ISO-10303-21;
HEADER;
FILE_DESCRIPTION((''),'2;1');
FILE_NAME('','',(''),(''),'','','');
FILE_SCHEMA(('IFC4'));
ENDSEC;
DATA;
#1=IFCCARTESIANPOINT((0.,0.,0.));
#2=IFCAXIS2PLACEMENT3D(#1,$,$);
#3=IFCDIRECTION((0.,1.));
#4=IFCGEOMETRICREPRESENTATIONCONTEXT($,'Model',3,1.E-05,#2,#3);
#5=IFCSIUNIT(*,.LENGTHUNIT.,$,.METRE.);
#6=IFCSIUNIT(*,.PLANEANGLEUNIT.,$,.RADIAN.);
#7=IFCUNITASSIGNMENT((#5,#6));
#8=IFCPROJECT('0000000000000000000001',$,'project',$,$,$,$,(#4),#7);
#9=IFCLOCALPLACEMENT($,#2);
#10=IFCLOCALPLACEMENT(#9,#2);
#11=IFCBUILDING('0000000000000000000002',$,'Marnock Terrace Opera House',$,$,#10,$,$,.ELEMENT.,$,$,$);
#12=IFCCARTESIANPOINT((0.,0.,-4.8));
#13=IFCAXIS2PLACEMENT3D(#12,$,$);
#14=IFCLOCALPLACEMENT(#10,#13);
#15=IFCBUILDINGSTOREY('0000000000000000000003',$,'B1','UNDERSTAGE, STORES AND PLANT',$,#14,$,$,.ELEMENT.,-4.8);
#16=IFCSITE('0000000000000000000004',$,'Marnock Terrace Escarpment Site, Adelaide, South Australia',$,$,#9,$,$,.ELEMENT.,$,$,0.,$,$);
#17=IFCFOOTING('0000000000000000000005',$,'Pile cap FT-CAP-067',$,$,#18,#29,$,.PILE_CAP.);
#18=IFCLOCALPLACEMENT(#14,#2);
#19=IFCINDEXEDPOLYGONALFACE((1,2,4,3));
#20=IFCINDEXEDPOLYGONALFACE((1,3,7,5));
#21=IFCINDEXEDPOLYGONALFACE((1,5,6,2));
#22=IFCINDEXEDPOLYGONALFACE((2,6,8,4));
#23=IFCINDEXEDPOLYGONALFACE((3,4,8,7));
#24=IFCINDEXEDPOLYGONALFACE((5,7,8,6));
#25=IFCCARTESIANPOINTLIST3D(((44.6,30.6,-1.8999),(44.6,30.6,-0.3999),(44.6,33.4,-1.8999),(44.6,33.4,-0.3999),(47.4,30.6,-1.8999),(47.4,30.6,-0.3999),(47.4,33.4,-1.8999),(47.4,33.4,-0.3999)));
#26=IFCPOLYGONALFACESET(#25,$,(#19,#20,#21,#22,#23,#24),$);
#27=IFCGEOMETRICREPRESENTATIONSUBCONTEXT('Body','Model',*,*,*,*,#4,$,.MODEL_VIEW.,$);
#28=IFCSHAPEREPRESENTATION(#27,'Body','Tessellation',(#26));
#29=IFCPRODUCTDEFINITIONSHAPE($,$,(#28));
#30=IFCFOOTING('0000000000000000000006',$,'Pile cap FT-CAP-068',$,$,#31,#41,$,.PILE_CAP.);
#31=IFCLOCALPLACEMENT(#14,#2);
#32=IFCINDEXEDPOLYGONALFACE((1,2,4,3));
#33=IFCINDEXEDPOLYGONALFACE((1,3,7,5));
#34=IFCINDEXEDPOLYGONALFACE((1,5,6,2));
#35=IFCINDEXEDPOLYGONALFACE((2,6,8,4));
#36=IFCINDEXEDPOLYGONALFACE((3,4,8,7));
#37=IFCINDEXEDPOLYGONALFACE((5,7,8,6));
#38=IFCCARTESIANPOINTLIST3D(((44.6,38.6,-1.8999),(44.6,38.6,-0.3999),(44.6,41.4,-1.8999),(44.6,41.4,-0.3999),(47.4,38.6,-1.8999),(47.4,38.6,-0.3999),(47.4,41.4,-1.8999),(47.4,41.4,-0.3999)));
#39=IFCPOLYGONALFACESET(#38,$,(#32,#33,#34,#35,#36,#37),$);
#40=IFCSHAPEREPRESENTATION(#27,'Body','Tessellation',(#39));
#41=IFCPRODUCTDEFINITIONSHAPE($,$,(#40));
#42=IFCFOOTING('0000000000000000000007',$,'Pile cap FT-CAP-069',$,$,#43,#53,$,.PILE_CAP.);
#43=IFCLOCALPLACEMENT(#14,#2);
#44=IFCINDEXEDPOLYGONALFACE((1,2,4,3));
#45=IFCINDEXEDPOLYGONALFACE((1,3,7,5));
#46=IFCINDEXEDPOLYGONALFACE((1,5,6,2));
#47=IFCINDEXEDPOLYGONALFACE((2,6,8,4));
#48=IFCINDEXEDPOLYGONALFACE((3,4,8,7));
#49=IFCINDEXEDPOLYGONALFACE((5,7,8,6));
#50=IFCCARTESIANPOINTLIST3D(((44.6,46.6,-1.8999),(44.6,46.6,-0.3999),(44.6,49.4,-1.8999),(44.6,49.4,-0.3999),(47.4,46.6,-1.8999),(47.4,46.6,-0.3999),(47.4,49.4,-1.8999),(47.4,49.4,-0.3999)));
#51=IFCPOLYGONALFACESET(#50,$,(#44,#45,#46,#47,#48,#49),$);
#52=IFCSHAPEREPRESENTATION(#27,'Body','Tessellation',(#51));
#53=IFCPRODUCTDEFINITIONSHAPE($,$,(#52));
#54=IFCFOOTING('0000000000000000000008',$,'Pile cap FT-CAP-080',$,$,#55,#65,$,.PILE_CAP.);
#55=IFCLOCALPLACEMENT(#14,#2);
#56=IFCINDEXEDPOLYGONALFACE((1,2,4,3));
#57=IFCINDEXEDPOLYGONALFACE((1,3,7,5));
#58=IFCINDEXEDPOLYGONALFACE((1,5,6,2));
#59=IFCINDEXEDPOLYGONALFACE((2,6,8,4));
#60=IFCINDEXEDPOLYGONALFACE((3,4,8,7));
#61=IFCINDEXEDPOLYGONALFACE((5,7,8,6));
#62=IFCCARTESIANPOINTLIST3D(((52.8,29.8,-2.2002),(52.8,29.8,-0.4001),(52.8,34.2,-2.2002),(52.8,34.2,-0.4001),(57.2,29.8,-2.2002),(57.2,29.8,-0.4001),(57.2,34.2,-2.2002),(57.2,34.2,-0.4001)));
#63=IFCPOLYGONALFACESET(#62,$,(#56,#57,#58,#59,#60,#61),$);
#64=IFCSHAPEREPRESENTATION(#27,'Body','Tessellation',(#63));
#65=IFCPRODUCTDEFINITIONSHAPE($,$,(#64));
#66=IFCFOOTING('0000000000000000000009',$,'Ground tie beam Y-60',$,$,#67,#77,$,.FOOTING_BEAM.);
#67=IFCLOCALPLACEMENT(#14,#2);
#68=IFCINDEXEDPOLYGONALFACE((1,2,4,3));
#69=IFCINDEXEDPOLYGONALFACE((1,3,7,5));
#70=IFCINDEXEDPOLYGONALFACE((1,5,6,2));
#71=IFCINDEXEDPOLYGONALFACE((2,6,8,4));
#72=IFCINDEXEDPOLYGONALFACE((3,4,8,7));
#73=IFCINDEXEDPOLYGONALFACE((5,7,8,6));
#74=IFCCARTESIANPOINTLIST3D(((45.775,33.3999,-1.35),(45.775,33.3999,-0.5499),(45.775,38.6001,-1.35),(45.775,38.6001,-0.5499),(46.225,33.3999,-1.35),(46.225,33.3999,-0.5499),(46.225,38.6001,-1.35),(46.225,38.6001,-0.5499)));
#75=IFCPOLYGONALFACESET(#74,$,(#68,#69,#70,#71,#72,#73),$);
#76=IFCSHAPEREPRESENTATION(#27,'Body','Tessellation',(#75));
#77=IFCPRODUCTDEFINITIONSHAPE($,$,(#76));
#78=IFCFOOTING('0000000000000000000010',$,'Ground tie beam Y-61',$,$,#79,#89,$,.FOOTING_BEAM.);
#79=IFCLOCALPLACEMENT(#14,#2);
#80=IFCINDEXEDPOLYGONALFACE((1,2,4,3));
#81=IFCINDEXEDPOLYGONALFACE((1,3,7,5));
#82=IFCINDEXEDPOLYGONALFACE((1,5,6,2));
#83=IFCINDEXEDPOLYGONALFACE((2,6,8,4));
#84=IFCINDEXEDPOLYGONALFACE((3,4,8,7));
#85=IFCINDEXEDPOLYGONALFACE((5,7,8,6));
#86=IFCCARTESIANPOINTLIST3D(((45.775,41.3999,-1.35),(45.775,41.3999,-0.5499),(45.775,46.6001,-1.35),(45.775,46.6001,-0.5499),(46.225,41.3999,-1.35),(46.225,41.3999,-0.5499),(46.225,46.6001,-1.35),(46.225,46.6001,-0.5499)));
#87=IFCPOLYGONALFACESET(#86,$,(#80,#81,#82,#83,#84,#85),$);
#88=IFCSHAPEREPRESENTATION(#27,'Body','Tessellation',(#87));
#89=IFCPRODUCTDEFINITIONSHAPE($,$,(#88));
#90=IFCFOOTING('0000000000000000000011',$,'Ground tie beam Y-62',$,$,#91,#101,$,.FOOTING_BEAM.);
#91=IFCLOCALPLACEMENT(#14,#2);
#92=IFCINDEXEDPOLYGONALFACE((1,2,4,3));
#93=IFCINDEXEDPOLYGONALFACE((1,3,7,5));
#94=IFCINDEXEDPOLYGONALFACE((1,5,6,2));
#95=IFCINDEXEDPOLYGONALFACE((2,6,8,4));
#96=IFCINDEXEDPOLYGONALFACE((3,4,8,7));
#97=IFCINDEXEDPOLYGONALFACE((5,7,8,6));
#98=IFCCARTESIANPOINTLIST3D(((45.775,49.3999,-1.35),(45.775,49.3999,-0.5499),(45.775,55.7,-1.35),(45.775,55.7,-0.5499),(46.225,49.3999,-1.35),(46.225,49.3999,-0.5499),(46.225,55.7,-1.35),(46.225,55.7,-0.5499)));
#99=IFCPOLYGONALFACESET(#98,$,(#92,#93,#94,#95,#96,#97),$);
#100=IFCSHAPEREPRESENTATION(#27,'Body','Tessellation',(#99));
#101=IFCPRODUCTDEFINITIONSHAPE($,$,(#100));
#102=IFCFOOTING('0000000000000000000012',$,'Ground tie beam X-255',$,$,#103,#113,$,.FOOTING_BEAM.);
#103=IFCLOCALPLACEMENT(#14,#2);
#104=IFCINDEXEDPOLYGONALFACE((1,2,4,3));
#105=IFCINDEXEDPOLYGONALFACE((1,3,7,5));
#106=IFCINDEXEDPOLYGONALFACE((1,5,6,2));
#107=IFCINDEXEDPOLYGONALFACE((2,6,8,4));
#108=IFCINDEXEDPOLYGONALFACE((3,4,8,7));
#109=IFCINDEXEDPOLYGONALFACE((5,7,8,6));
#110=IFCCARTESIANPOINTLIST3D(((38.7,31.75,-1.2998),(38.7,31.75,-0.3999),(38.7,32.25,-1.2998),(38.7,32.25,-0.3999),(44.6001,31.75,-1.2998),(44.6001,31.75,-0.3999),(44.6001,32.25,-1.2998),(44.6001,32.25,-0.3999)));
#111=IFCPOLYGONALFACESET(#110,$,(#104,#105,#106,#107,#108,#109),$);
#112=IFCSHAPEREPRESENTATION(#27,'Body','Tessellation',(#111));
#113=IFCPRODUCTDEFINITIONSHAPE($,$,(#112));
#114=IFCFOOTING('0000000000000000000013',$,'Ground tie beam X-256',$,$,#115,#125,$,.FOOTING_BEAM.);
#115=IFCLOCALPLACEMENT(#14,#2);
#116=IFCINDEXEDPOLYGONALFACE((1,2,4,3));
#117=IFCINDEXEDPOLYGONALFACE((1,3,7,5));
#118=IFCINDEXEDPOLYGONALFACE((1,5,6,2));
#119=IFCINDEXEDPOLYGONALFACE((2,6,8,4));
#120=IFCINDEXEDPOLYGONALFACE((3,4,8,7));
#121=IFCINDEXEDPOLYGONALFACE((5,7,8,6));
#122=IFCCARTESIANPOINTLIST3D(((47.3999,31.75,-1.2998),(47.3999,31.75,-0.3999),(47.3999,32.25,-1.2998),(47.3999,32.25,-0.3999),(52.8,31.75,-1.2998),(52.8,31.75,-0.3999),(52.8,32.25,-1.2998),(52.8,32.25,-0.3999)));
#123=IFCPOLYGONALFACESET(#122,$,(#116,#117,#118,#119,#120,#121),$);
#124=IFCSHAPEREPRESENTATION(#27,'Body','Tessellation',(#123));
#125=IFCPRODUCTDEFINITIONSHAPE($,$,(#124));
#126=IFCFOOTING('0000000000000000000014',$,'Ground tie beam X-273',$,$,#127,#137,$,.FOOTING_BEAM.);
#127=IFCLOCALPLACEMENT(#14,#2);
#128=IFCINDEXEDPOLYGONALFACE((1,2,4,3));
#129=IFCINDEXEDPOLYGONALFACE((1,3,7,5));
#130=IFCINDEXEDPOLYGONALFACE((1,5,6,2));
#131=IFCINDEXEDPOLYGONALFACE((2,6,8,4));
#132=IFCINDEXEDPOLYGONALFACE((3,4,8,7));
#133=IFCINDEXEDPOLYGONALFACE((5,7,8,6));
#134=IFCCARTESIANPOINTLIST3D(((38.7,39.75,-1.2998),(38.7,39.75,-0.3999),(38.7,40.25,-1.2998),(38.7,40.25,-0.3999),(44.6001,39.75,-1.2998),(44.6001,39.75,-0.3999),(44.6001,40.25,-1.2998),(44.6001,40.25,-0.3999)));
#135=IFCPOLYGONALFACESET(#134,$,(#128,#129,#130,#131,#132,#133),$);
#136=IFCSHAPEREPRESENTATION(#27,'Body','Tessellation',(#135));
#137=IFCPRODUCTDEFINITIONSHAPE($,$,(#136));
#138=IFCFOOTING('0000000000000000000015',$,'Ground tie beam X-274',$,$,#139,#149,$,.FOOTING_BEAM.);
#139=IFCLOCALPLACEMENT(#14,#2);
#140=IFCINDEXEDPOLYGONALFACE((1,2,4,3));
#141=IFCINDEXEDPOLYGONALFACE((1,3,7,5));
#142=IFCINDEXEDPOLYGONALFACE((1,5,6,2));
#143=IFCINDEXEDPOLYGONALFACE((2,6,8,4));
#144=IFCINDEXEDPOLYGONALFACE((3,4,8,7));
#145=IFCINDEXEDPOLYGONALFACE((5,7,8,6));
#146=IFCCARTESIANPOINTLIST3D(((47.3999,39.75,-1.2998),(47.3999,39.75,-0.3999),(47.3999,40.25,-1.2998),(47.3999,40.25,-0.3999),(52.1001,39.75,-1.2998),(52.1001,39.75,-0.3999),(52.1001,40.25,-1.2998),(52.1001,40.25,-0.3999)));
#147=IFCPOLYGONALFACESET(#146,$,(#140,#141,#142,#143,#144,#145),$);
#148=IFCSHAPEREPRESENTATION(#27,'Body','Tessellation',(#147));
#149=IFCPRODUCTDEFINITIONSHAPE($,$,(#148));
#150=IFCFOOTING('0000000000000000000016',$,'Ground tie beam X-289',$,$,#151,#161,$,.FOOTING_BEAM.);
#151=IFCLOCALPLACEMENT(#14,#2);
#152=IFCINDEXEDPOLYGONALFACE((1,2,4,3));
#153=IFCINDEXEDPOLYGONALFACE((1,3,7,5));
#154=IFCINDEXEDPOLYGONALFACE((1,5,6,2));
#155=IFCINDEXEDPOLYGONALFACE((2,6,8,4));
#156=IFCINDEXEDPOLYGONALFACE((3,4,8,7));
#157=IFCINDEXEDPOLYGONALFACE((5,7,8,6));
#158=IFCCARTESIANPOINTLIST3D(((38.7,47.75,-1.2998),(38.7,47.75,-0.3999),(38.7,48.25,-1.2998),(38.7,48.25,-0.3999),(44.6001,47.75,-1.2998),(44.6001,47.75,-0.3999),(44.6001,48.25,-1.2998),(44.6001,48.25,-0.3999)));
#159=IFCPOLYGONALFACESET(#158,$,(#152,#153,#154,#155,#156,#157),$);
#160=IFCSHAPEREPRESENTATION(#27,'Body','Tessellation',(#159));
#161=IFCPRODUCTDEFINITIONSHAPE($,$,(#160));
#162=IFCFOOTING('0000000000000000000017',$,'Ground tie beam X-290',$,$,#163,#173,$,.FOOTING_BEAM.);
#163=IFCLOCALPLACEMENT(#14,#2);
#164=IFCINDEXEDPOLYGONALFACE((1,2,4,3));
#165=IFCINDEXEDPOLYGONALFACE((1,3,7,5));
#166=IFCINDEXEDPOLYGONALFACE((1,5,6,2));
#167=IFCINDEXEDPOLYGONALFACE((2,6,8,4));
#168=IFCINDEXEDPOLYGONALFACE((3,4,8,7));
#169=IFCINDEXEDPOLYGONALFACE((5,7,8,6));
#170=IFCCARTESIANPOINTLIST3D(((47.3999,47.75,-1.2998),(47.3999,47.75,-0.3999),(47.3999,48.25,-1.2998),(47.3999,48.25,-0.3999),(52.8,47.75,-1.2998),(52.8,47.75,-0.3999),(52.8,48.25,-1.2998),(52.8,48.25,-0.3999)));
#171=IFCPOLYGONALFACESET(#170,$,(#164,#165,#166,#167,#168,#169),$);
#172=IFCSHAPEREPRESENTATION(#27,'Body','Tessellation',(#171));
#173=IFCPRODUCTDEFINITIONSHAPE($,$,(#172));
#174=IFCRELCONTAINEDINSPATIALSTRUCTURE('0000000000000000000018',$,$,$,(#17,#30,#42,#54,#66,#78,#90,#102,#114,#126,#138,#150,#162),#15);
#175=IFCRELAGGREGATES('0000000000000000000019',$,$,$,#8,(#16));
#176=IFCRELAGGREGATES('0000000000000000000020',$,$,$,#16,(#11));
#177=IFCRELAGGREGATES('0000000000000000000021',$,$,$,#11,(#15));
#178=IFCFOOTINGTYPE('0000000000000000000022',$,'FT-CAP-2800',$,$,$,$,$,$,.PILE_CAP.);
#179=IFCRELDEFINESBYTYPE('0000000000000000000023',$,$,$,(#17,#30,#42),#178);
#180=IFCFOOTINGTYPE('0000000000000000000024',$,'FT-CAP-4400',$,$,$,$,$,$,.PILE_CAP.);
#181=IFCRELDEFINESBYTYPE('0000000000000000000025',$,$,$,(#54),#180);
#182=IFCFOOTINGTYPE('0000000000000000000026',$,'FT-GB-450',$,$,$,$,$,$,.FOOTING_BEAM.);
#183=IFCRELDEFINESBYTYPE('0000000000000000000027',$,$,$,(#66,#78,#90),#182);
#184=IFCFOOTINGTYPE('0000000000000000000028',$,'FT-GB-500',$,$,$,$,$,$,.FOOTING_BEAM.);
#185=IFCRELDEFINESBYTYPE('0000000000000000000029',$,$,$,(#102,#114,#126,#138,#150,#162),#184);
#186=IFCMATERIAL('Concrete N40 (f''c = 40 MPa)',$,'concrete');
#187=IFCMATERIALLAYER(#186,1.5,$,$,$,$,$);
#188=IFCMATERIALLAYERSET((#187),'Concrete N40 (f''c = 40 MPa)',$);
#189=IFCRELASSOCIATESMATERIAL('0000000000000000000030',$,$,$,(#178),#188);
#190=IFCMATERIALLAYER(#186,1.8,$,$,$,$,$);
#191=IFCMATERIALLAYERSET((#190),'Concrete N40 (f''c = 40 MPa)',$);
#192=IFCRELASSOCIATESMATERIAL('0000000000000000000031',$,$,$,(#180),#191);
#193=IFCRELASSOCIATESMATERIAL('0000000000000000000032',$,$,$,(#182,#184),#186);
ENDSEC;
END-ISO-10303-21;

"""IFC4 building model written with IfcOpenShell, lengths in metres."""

from ifc_helpers import new_model, si_unit, direction, frame, origin, origin_2d, place, context, subcontext, project, spatial, rectangle, extrude, material, layer, layer_set, material_profile, profile_set, type_object, element, save


model = new_model("IFC4")

# Units and contexts
model_context = context("Model", 3, precision=1e-05, world=origin(), true_north=direction((0.0, 1.0)))
body_context = subcontext(model_context, "Body", "Model", "MODEL_VIEW")
ifc_project = project(units=[si_unit("LENGTHUNIT", "METRE"), si_unit("PLANEANGLEUNIT", "RADIAN")], contexts=[model_context])

# Site, building, storey
site_placement = place(None, origin())
site = spatial("IfcSite", under=ifc_project, at=site_placement, Name="Marnock Terrace Escarpment Site, Adelaide, South Australia", CompositionType="ELEMENT", RefElevation=0.0)
building_placement = place(site_placement, origin())
building = spatial("IfcBuilding", under=site, at=building_placement, Name="Marnock Terrace Opera House", CompositionType="ELEMENT")
storey_placement = place(building_placement, frame((0.0, 0.0, -4.8)))
storey = spatial("IfcBuildingStorey", under=building, at=storey_placement, Name="B1", Description="UNDERSTAGE, STORES AND PLANT", CompositionType="ELEMENT", Elevation=-4.8)

# Footings
ifc_material_1 = material(Name="Concrete N40 (f'c = 40 MPa)", Category="concrete")
ifc_layer_1 = layer(ifc_material_1, 1.5)
ifc_layer_set_1 = layer_set([ifc_layer_1], Name="Concrete N40 (f'c = 40 MPa)")
footing_type_1 = type_object("IfcFootingType", Name="FT-CAP-2800", PredefinedType="PILE_CAP", material=ifc_layer_set_1)
for number, where, z_axis, x_axis, name in (
    (1, (46.0, 32.0, -1.8999), (0.0, 0.0, 1.0), (1.0, 0.0, 0.0), "Pile cap FT-CAP-067"),
    (2, (46.0, 40.0, -1.8999), (0.0, 0.0, 1.0), (1.0, 0.0, 0.0), "Pile cap FT-CAP-068"),
    (3, (46.0, 48.0, -1.8999), (0.0, 0.0, 1.0), (1.0, 0.0, 0.0), "Pile cap FT-CAP-069"),
):
    element("IfcFooting", number, at=place(storey_placement, frame(where, z_axis=z_axis, x_axis=x_axis)), inside=storey, type_object=footing_type_1, Name=name, PredefinedType="PILE_CAP", context=body_context, shape_type="SweptSolid", body=[
        extrude(rectangle(XDim=2.8, YDim=2.8, at=origin_2d()), origin(), (0.0, 0.0, 1.0), 1.5),
    ])
ifc_layer_2 = layer(ifc_material_1, 1.8)
ifc_layer_set_2 = layer_set([ifc_layer_2], Name="Concrete N40 (f'c = 40 MPa)")
footing_type_2 = type_object("IfcFootingType", Name="FT-CAP-4400", PredefinedType="PILE_CAP", material=ifc_layer_set_2)
footing_1_placement = place(storey_placement, frame((55.0, 32.0, -2.2002), z_axis=(0.0, 0.0, 1.0), x_axis=(1.0, 0.0, 0.0)))
element("IfcFooting", 4, at=footing_1_placement, inside=storey, type_object=footing_type_2, Name="Pile cap FT-CAP-080", PredefinedType="PILE_CAP", context=body_context, shape_type="SweptSolid", body=[
    extrude(rectangle(XDim=4.3999, YDim=4.3999, at=origin_2d()), origin(), (0.0, 0.0, 1.0), 1.8),
])
ifc_material_profile_1 = material_profile(ifc_material_1, rectangle(XDim=0.45, YDim=0.8, at=origin_2d()))
ifc_profile_set_1 = profile_set([ifc_material_profile_1], Name="Concrete N40 (f'c = 40 MPa)")
footing_type_3 = type_object("IfcFootingType", Name="FT-GB-450", PredefinedType="FOOTING_BEAM", material=ifc_profile_set_1)
for number, where, z_axis, x_axis, name in (
    (5, (46.0, 33.3999, -0.95), (0.0, 1.0, 0.0), (-1.0, 0.0, 0.0), "Ground tie beam Y-60"),
    (6, (46.0, 41.3999, -0.95), (0.0, 1.0, 0.0), (-1.0, 0.0, 0.0), "Ground tie beam Y-61"),
):
    element("IfcFooting", number, at=place(storey_placement, frame(where, z_axis=z_axis, x_axis=x_axis)), inside=storey, type_object=footing_type_3, Name=name, PredefinedType="FOOTING_BEAM", context=body_context, shape_type="SweptSolid", body=[
        extrude(rectangle(XDim=0.45, YDim=0.8, at=origin_2d()), origin(), (0.0, 0.0, 1.0), 5.2002),
    ])
footing_2_placement = place(storey_placement, frame((46.0, 49.3999, -0.95), z_axis=(0.0, 1.0, 0.0), x_axis=(-1.0, 0.0, 0.0)))
element("IfcFooting", 7, at=footing_2_placement, inside=storey, type_object=footing_type_3, Name="Ground tie beam Y-62", PredefinedType="FOOTING_BEAM", context=body_context, shape_type="SweptSolid", body=[
    extrude(rectangle(XDim=0.45, YDim=0.8, at=origin_2d()), origin(), (0.0, 0.0, 1.0), 6.3),
])
ifc_material_profile_2 = material_profile(ifc_material_1, rectangle(XDim=0.5, YDim=0.8999, at=origin_2d()))
ifc_profile_set_2 = profile_set([ifc_material_profile_2], Name="Concrete N40 (f'c = 40 MPa)")
footing_type_4 = type_object("IfcFootingType", Name="FT-GB-500", PredefinedType="FOOTING_BEAM", material=ifc_profile_set_2)
footing_3_placement = place(storey_placement, frame((38.7, 32.0, -0.8499), z_axis=(1.0, 0.0, 0.0), x_axis=(0.0, 1.0, 0.0)))
element("IfcFooting", 8, at=footing_3_placement, inside=storey, type_object=footing_type_4, Name="Ground tie beam X-255", PredefinedType="FOOTING_BEAM", context=body_context, shape_type="SweptSolid", body=[
    extrude(rectangle(XDim=0.5, YDim=0.8999, at=origin_2d()), origin(), (0.0, 0.0, 1.0), 5.9001),
])
footing_4_placement = place(storey_placement, frame((47.3999, 32.0, -0.8499), z_axis=(1.0, 0.0, 0.0), x_axis=(0.0, 1.0, 0.0)))
element("IfcFooting", 9, at=footing_4_placement, inside=storey, type_object=footing_type_4, Name="Ground tie beam X-256", PredefinedType="FOOTING_BEAM", context=body_context, shape_type="SweptSolid", body=[
    extrude(rectangle(XDim=0.5, YDim=0.8999, at=origin_2d()), origin(), (0.0, 0.0, 1.0), 5.4001),
])
footing_5_placement = place(storey_placement, frame((38.7, 40.0, -0.8499), z_axis=(1.0, 0.0, 0.0), x_axis=(0.0, 1.0, 0.0)))
element("IfcFooting", 10, at=footing_5_placement, inside=storey, type_object=footing_type_4, Name="Ground tie beam X-273", PredefinedType="FOOTING_BEAM", context=body_context, shape_type="SweptSolid", body=[
    extrude(rectangle(XDim=0.5, YDim=0.8999, at=origin_2d()), origin(), (0.0, 0.0, 1.0), 5.9001),
])
footing_6_placement = place(storey_placement, frame((47.3999, 40.0, -0.8499), z_axis=(1.0, 0.0, 0.0), x_axis=(0.0, 1.0, 0.0)))
element("IfcFooting", 11, at=footing_6_placement, inside=storey, type_object=footing_type_4, Name="Ground tie beam X-274", PredefinedType="FOOTING_BEAM", context=body_context, shape_type="SweptSolid", body=[
    extrude(rectangle(XDim=0.5, YDim=0.8999, at=origin_2d()), origin(), (0.0, 0.0, 1.0), 4.7002),
])
footing_7_placement = place(storey_placement, frame((38.7, 48.0, -0.8499), z_axis=(1.0, 0.0, 0.0), x_axis=(0.0, 1.0, 0.0)))
element("IfcFooting", 12, at=footing_7_placement, inside=storey, type_object=footing_type_4, Name="Ground tie beam X-289", PredefinedType="FOOTING_BEAM", context=body_context, shape_type="SweptSolid", body=[
    extrude(rectangle(XDim=0.5, YDim=0.8999, at=origin_2d()), origin(), (0.0, 0.0, 1.0), 5.9001),
])
footing_8_placement = place(storey_placement, frame((47.3999, 48.0, -0.8499), z_axis=(1.0, 0.0, 0.0), x_axis=(0.0, 1.0, 0.0)))
element("IfcFooting", 13, at=footing_8_placement, inside=storey, type_object=footing_type_4, Name="Ground tie beam X-290", PredefinedType="FOOTING_BEAM", context=body_context, shape_type="SweptSolid", body=[
    extrude(rectangle(XDim=0.5, YDim=0.8999, at=origin_2d()), origin(), (0.0, 0.0, 1.0), 5.4001),
])

save(model, "model.ifc")
